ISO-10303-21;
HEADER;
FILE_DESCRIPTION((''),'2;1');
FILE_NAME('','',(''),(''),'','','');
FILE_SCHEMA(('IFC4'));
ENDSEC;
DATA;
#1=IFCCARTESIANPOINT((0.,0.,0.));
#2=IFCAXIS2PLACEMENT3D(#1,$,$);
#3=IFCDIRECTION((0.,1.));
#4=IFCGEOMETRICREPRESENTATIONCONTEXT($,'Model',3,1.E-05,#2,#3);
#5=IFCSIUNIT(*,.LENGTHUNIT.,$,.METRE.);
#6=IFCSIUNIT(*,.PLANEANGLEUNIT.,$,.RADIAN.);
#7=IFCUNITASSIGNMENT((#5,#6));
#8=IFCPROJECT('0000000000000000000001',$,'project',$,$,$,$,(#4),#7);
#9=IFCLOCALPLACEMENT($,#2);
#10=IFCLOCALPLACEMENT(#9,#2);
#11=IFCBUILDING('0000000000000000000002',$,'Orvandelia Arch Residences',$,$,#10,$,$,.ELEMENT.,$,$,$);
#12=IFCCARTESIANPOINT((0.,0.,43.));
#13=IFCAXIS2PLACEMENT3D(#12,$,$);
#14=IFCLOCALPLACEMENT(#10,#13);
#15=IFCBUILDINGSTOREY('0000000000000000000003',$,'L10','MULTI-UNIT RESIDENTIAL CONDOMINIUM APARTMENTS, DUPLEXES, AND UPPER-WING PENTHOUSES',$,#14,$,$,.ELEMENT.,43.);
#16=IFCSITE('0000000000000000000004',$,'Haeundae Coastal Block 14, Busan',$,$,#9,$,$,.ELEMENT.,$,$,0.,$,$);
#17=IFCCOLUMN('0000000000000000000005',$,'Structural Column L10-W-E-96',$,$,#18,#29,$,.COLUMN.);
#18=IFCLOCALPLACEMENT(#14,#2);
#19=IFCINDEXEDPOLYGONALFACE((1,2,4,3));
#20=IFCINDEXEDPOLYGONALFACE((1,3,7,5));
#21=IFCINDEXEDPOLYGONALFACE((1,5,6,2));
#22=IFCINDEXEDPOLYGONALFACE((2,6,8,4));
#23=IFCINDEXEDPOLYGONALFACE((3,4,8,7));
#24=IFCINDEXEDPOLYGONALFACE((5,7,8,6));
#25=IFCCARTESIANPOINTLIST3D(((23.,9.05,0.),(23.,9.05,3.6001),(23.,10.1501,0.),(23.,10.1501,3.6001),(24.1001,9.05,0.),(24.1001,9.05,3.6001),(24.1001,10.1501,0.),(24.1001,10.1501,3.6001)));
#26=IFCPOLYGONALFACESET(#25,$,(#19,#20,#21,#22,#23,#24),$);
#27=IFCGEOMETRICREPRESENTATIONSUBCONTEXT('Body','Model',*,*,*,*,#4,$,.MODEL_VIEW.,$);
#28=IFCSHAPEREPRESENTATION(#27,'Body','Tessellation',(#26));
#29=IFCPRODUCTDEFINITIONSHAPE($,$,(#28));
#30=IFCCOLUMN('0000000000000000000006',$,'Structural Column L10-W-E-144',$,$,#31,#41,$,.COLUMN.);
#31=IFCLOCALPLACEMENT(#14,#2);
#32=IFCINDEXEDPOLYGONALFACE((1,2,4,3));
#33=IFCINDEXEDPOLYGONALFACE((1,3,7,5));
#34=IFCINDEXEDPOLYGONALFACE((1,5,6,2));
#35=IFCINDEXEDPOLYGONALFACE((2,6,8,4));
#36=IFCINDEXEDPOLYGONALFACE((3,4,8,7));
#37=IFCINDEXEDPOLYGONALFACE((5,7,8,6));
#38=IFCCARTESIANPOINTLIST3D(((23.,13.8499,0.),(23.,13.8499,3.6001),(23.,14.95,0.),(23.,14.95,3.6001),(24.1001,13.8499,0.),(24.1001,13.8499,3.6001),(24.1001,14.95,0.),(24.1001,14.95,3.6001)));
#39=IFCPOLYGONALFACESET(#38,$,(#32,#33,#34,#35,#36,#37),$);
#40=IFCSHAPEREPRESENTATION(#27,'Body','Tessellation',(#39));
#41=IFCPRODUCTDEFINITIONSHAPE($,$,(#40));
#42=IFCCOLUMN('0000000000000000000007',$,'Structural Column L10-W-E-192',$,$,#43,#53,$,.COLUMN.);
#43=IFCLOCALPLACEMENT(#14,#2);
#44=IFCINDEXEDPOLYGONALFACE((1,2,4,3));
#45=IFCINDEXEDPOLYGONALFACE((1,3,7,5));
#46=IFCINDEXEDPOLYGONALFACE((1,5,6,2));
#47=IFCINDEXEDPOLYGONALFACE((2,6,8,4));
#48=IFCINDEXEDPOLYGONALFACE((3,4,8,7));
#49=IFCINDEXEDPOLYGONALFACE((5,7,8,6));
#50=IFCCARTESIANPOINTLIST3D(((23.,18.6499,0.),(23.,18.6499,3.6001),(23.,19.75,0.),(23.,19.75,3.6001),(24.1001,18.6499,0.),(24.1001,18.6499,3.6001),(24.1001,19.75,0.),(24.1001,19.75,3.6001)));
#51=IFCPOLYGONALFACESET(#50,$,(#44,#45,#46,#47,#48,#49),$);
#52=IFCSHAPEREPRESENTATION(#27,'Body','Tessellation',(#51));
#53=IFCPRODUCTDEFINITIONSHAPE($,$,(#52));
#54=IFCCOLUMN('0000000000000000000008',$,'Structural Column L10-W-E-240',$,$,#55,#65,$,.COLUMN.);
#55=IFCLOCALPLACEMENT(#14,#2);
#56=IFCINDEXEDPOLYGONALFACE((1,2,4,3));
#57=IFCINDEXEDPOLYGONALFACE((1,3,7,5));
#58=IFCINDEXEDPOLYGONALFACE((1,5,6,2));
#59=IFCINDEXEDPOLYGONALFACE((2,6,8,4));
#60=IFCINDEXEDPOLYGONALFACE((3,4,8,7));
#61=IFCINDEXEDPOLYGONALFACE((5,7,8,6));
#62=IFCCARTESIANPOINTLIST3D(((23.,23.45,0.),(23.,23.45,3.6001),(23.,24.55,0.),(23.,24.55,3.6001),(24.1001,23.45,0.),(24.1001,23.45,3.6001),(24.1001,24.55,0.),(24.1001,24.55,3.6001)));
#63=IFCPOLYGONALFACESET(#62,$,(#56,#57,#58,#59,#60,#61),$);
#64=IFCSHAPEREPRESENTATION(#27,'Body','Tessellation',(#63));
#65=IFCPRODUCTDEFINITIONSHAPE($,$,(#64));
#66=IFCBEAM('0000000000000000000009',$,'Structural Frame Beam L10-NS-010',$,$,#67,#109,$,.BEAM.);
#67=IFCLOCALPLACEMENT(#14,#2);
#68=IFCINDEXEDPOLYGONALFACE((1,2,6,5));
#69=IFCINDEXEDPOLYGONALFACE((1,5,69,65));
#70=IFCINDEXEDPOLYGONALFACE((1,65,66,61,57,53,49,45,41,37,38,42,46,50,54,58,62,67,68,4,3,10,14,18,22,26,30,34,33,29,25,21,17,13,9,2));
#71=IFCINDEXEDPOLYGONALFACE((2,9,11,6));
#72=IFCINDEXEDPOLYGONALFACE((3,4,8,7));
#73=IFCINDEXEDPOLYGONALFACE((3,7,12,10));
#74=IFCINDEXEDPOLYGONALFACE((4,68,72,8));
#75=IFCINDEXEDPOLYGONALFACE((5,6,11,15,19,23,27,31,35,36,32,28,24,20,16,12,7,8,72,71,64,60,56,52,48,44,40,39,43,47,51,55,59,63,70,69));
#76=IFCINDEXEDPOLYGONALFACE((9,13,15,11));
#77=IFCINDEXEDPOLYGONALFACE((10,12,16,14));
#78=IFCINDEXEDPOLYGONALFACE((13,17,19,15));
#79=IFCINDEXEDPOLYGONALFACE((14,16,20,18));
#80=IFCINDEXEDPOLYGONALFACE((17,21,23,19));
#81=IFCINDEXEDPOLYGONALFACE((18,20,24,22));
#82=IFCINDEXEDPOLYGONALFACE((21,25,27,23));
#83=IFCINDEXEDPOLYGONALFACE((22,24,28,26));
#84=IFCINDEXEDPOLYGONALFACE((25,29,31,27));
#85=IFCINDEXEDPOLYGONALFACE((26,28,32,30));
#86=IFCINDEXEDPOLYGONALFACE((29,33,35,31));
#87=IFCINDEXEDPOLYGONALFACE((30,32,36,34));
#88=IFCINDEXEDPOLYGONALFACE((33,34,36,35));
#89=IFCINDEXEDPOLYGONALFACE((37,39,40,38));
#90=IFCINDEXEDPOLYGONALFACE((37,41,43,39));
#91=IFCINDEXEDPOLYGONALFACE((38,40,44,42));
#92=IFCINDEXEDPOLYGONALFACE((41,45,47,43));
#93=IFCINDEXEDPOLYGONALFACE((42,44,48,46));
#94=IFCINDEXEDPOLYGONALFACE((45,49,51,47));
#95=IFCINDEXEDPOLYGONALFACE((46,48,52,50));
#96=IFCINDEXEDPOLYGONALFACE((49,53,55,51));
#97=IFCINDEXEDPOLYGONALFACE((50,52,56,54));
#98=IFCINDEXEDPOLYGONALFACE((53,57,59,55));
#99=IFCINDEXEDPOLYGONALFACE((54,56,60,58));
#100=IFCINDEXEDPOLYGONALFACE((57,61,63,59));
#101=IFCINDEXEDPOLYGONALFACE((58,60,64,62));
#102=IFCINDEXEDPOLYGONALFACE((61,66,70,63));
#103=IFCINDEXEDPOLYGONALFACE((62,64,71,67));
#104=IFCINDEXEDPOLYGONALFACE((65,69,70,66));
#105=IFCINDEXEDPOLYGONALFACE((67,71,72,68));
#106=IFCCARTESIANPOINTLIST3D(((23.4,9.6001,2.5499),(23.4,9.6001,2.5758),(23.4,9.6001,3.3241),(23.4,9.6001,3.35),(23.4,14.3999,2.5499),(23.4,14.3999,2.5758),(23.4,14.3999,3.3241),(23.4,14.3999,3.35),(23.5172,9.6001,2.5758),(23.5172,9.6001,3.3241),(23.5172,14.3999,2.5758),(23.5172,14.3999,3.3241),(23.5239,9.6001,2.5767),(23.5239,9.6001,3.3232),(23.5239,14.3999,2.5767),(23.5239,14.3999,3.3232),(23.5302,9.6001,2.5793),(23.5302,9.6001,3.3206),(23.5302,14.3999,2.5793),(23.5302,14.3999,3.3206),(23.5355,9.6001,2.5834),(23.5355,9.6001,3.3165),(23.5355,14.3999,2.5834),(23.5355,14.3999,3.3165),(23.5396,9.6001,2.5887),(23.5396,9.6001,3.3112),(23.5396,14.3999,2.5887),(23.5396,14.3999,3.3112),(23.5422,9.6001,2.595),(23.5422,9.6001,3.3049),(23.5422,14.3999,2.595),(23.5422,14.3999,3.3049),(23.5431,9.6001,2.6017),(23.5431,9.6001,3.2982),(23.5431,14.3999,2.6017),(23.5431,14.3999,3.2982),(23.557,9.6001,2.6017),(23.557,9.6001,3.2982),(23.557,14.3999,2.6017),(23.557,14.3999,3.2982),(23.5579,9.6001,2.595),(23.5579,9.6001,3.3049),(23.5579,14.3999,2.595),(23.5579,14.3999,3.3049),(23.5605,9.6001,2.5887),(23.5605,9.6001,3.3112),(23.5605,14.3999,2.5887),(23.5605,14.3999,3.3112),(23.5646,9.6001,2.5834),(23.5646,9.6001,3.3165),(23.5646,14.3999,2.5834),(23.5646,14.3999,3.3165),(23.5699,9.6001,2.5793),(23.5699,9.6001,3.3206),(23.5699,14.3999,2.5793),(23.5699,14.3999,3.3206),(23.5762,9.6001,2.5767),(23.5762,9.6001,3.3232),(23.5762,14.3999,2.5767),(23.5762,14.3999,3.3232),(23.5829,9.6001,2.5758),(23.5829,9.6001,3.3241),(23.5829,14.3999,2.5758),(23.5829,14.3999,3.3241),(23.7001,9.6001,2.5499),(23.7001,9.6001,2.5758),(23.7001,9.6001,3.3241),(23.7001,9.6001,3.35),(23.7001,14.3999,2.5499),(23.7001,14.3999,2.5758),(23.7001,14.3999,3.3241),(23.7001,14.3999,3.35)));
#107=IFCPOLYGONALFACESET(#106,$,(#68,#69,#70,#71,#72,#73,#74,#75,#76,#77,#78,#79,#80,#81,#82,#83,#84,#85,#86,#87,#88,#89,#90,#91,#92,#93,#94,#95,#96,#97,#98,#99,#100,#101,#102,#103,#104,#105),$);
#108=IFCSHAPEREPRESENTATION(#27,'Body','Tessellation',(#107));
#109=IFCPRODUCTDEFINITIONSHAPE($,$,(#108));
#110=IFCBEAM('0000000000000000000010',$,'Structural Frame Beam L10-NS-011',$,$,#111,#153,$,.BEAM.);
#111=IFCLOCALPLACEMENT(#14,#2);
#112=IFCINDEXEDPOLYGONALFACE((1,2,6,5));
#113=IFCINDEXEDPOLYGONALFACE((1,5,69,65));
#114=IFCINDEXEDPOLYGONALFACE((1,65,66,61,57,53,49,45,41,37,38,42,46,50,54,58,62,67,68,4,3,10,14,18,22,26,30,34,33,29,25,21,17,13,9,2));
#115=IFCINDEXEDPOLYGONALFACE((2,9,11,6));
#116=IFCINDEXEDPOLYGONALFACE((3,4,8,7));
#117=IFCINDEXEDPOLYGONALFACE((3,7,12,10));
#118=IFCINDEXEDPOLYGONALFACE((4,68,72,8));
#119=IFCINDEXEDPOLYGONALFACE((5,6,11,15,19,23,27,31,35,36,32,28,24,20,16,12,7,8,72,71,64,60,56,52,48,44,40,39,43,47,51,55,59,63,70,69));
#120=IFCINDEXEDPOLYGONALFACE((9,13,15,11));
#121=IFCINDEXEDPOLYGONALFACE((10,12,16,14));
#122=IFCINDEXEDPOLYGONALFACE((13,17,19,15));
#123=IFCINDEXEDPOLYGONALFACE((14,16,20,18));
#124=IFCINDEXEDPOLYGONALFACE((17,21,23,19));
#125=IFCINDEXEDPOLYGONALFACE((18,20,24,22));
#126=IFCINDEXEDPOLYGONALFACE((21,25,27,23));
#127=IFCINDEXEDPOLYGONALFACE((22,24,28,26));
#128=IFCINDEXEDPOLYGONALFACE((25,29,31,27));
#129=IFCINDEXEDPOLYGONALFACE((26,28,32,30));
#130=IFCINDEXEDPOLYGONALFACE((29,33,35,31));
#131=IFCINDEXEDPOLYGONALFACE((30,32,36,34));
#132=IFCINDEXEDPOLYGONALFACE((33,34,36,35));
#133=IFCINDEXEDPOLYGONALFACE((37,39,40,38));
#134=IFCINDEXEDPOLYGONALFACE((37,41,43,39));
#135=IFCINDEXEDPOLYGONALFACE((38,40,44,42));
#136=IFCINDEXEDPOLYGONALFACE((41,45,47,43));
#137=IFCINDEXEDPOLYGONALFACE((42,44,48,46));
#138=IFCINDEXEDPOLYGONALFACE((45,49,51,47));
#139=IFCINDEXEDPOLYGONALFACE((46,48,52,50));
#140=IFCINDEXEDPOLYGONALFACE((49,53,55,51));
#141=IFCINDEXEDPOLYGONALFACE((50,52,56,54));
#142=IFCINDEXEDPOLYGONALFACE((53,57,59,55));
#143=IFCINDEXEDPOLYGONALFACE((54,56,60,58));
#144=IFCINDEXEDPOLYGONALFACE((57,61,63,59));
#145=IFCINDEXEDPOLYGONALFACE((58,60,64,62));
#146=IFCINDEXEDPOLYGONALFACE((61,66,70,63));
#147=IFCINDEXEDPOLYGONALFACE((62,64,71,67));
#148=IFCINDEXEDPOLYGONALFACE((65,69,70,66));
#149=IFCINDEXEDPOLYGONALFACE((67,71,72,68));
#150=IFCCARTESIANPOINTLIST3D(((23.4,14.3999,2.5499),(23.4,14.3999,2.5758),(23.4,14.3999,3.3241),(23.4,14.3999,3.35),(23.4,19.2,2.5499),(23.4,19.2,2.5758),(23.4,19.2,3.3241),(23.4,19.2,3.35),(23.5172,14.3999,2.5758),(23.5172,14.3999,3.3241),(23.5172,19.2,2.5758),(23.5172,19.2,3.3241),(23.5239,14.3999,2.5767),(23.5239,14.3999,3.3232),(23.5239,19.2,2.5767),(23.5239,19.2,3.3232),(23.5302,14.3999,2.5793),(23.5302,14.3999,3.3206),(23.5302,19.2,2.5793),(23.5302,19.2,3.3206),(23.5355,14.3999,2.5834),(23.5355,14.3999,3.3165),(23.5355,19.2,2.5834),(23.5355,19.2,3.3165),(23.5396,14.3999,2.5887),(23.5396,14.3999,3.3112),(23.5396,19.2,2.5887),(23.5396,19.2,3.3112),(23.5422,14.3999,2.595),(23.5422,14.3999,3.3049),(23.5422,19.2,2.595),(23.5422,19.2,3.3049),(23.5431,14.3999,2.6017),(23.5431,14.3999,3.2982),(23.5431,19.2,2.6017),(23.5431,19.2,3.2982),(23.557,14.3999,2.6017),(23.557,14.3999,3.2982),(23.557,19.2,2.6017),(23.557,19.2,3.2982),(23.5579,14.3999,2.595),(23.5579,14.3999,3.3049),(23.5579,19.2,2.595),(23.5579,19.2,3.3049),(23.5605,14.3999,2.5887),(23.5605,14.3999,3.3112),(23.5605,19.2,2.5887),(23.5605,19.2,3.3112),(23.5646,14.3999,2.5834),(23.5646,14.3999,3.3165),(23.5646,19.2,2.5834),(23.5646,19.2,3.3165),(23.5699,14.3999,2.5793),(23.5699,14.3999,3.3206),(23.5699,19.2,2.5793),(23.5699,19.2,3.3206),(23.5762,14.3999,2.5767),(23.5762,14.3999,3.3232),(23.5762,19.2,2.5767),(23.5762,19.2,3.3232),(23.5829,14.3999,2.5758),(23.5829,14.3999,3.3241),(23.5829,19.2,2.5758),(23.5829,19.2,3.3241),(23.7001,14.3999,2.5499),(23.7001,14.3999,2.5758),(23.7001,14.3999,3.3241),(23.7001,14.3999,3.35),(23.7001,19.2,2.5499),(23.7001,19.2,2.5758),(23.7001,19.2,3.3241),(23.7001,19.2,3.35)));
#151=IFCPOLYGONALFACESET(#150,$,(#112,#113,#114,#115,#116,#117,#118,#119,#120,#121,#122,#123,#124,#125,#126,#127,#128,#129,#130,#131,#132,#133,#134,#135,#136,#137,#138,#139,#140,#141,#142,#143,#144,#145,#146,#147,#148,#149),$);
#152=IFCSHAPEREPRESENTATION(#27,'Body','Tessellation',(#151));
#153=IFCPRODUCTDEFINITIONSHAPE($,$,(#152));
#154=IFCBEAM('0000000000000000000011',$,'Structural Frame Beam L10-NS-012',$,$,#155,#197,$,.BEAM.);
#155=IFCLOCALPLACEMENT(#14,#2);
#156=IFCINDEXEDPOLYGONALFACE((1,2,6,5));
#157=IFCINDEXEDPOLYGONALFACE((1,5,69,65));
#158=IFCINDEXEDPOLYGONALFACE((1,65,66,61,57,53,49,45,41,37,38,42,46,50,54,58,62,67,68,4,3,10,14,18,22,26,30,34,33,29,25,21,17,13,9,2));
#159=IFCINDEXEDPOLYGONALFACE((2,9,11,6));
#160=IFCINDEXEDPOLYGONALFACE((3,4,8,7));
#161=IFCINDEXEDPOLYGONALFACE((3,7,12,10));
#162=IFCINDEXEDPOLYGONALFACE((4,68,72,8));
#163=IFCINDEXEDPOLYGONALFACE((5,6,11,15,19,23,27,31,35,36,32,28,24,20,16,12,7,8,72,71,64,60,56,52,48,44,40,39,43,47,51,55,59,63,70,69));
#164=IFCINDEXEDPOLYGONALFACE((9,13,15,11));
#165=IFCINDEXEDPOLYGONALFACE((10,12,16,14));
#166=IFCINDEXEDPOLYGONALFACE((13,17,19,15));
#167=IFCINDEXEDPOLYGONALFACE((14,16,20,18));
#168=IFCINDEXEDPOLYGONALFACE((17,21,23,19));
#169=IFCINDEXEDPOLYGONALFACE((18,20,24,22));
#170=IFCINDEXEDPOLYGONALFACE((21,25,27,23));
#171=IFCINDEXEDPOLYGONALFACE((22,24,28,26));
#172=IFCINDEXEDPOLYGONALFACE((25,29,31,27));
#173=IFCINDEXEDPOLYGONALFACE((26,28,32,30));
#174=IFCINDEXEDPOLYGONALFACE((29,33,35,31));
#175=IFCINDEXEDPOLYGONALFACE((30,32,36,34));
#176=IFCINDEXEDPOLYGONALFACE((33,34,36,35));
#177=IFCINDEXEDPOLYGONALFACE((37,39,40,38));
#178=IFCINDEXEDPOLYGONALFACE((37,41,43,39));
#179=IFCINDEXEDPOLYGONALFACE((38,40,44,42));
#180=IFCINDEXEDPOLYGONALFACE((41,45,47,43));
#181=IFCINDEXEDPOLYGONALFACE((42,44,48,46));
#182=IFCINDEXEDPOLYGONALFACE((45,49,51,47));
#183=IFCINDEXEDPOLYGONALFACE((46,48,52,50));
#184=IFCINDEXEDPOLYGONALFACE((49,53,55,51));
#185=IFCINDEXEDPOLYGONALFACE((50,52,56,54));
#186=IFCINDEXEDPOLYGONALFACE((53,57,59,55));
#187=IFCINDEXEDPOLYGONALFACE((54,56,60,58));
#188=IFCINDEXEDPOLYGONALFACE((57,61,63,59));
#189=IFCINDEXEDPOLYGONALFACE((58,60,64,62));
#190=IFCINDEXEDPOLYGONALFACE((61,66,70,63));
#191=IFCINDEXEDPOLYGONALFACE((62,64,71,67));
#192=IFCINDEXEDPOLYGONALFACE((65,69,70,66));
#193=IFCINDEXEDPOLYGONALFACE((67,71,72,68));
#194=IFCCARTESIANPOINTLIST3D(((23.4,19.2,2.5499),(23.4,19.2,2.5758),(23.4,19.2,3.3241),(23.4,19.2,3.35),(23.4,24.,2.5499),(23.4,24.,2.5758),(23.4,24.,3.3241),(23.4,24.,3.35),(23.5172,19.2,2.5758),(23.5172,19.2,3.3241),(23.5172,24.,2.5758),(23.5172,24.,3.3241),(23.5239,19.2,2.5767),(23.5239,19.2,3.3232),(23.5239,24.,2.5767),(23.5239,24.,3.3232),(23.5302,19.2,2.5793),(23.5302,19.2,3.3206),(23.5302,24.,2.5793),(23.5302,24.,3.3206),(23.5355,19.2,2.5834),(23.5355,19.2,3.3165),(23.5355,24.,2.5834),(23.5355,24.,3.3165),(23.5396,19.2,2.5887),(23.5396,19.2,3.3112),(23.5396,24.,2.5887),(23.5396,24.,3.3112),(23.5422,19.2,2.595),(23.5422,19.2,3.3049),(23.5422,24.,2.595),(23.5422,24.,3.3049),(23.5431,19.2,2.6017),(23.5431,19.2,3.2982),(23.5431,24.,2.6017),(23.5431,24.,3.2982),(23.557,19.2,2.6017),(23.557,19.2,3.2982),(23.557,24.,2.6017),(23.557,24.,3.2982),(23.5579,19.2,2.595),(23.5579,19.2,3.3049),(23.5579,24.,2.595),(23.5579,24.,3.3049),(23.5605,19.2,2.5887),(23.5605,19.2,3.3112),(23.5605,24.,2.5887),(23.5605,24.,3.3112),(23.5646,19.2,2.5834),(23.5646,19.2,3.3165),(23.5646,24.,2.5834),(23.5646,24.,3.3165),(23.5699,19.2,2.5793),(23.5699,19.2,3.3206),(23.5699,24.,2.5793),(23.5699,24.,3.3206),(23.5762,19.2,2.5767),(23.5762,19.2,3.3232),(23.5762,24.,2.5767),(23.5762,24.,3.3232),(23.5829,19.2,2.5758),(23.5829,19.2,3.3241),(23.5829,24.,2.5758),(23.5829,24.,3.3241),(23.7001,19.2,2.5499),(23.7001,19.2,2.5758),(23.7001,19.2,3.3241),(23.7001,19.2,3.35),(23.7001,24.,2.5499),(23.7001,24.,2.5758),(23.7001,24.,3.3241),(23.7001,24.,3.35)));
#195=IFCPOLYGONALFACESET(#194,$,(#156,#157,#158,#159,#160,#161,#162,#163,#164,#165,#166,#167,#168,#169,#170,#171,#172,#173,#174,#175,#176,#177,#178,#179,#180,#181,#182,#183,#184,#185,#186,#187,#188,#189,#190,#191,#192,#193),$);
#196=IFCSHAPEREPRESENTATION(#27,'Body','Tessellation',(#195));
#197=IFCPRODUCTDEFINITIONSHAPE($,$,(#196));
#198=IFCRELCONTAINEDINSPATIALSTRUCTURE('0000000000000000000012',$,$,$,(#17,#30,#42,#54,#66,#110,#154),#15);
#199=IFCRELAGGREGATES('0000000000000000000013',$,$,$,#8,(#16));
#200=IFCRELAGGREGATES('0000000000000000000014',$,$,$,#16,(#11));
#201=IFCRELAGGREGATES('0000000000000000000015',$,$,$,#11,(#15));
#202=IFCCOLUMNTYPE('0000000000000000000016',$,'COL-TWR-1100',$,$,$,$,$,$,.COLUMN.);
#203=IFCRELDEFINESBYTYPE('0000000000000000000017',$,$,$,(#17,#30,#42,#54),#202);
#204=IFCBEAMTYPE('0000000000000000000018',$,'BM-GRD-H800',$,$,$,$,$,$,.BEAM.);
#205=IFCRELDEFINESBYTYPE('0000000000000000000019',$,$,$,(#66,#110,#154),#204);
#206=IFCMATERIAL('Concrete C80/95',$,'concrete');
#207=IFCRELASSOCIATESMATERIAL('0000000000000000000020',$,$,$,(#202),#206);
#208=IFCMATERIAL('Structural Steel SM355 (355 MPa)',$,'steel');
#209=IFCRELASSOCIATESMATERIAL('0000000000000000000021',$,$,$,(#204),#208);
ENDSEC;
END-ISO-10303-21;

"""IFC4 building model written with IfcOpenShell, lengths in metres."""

from ifc_helpers import new_model, si_unit, direction, frame, origin, origin_2d, place, context, subcontext, project, spatial, rectangle, i_section, extrude, material, material_profile, profile_set, type_object, element, save


model = new_model("IFC4")

# Units and contexts
model_context = context("Model", 3, precision=1e-05, world=origin(), true_north=direction((0.0, 1.0)))
body_context = subcontext(model_context, "Body", "Model", "MODEL_VIEW")
ifc_project = project(units=[si_unit("LENGTHUNIT", "METRE"), si_unit("PLANEANGLEUNIT", "RADIAN")], contexts=[model_context])

# Site, building, storey
site_placement = place(None, origin())
site = spatial("IfcSite", under=ifc_project, at=site_placement, Name="Haeundae Coastal Block 14, Busan", CompositionType="ELEMENT", RefElevation=0.0)
building_placement = place(site_placement, origin())
building = spatial("IfcBuilding", under=site, at=building_placement, Name="Orvandelia Arch Residences", CompositionType="ELEMENT")
storey_placement = place(building_placement, frame((0.0, 0.0, 43.0)))
storey = spatial("IfcBuildingStorey", under=building, at=storey_placement, Name="L10", Description="MULTI-UNIT RESIDENTIAL CONDOMINIUM APARTMENTS, DUPLEXES, AND UPPER-WING PENTHOUSES", CompositionType="ELEMENT", Elevation=43.0)

# Columns
ifc_material_1 = material(Name="Concrete C80/95", Category="concrete")
ifc_material_profile_1 = material_profile(ifc_material_1, rectangle(XDim=1.1001, YDim=1.1001, at=origin_2d()), Name="Concrete C80/95", Category="concrete")
ifc_profile_set_1 = profile_set([ifc_material_profile_1], Name="Concrete C80/95")
column_type = type_object("IfcColumnType", Name="COL-TWR-1100", PredefinedType="COLUMN", material=ifc_profile_set_1)
for number, where, z_axis, x_axis, name in (
    (1, (23.55, 9.6001, 0.0), (0.0, 0.0, 1.0), (1.0, 0.0, 0.0), "Structural Column L10-W-E-96"),
    (2, (23.55, 14.3999, 0.0), (0.0, 0.0, 1.0), (1.0, 0.0, 0.0), "Structural Column L10-W-E-144"),
    (3, (23.55, 19.2, 0.0), (0.0, 0.0, 1.0), (1.0, 0.0, 0.0), "Structural Column L10-W-E-192"),
    (4, (23.55, 24.0, 0.0), (0.0, 0.0, 1.0), (1.0, 0.0, 0.0), "Structural Column L10-W-E-240"),
):
    element("IfcColumn", number, at=place(storey_placement, frame(where, z_axis=z_axis, x_axis=x_axis)), inside=storey, type_object=column_type, Name=name, PredefinedType="COLUMN", context=body_context, shape_type="SweptSolid", body=[
        extrude(rectangle(XDim=1.1001, YDim=1.1001, at=origin_2d()), origin(), (0.0, 0.0, 1.0), 3.6001),
    ])

# Beams
ifc_material_2 = material(Name="Structural Steel SM355 (355 MPa)", Category="steel")
ifc_material_profile_2 = material_profile(ifc_material_2, i_section(OverallWidth=0.3, OverallDepth=0.8, WebThickness=0.0139, FlangeThickness=0.0259, FilletRadius=0.0259, at=origin_2d()), Name="Structural Steel SM355 (355 MPa)", Category="steel")
ifc_profile_set_2 = profile_set([ifc_material_profile_2], Name="Structural Steel SM355 (355 MPa)")
beam_type = type_object("IfcBeamType", Name="BM-GRD-H800", PredefinedType="BEAM", material=ifc_profile_set_2)
beam_1_placement = place(storey_placement, frame((23.55, 9.6001, 2.95), z_axis=(0.0, 1.0, 0.0), x_axis=(-1.0, 0.0, 0.0)))
element("IfcBeam", 5, at=beam_1_placement, inside=storey, type_object=beam_type, Name="Structural Frame Beam L10-NS-010", PredefinedType="BEAM", context=body_context, shape_type="SweptSolid", body=[
    extrude(i_section(OverallWidth=0.3, OverallDepth=0.8, WebThickness=0.0139, FlangeThickness=0.0259, FilletRadius=0.0259, at=origin_2d()), origin(), (0.0, 0.0, 1.0), 4.7998),
])
for number, where, z_axis, x_axis, name in (
    (6, (23.55, 14.3999, 2.95), (0.0, 1.0, 0.0), (-1.0, 0.0, 0.0), "Structural Frame Beam L10-NS-011"),
    (7, (23.55, 19.2, 2.95), (0.0, 1.0, 0.0), (-1.0, 0.0, 0.0), "Structural Frame Beam L10-NS-012"),
):
    element("IfcBeam", number, at=place(storey_placement, frame(where, z_axis=z_axis, x_axis=x_axis)), inside=storey, type_object=beam_type, Name=name, PredefinedType="BEAM", context=body_context, shape_type="SweptSolid", body=[
        extrude(i_section(OverallWidth=0.3, OverallDepth=0.8, WebThickness=0.0139, FlangeThickness=0.0259, FilletRadius=0.0259, at=origin_2d()), origin(), (0.0, 0.0, 1.0), 4.8),
    ])

save(model, "model.ifc")
